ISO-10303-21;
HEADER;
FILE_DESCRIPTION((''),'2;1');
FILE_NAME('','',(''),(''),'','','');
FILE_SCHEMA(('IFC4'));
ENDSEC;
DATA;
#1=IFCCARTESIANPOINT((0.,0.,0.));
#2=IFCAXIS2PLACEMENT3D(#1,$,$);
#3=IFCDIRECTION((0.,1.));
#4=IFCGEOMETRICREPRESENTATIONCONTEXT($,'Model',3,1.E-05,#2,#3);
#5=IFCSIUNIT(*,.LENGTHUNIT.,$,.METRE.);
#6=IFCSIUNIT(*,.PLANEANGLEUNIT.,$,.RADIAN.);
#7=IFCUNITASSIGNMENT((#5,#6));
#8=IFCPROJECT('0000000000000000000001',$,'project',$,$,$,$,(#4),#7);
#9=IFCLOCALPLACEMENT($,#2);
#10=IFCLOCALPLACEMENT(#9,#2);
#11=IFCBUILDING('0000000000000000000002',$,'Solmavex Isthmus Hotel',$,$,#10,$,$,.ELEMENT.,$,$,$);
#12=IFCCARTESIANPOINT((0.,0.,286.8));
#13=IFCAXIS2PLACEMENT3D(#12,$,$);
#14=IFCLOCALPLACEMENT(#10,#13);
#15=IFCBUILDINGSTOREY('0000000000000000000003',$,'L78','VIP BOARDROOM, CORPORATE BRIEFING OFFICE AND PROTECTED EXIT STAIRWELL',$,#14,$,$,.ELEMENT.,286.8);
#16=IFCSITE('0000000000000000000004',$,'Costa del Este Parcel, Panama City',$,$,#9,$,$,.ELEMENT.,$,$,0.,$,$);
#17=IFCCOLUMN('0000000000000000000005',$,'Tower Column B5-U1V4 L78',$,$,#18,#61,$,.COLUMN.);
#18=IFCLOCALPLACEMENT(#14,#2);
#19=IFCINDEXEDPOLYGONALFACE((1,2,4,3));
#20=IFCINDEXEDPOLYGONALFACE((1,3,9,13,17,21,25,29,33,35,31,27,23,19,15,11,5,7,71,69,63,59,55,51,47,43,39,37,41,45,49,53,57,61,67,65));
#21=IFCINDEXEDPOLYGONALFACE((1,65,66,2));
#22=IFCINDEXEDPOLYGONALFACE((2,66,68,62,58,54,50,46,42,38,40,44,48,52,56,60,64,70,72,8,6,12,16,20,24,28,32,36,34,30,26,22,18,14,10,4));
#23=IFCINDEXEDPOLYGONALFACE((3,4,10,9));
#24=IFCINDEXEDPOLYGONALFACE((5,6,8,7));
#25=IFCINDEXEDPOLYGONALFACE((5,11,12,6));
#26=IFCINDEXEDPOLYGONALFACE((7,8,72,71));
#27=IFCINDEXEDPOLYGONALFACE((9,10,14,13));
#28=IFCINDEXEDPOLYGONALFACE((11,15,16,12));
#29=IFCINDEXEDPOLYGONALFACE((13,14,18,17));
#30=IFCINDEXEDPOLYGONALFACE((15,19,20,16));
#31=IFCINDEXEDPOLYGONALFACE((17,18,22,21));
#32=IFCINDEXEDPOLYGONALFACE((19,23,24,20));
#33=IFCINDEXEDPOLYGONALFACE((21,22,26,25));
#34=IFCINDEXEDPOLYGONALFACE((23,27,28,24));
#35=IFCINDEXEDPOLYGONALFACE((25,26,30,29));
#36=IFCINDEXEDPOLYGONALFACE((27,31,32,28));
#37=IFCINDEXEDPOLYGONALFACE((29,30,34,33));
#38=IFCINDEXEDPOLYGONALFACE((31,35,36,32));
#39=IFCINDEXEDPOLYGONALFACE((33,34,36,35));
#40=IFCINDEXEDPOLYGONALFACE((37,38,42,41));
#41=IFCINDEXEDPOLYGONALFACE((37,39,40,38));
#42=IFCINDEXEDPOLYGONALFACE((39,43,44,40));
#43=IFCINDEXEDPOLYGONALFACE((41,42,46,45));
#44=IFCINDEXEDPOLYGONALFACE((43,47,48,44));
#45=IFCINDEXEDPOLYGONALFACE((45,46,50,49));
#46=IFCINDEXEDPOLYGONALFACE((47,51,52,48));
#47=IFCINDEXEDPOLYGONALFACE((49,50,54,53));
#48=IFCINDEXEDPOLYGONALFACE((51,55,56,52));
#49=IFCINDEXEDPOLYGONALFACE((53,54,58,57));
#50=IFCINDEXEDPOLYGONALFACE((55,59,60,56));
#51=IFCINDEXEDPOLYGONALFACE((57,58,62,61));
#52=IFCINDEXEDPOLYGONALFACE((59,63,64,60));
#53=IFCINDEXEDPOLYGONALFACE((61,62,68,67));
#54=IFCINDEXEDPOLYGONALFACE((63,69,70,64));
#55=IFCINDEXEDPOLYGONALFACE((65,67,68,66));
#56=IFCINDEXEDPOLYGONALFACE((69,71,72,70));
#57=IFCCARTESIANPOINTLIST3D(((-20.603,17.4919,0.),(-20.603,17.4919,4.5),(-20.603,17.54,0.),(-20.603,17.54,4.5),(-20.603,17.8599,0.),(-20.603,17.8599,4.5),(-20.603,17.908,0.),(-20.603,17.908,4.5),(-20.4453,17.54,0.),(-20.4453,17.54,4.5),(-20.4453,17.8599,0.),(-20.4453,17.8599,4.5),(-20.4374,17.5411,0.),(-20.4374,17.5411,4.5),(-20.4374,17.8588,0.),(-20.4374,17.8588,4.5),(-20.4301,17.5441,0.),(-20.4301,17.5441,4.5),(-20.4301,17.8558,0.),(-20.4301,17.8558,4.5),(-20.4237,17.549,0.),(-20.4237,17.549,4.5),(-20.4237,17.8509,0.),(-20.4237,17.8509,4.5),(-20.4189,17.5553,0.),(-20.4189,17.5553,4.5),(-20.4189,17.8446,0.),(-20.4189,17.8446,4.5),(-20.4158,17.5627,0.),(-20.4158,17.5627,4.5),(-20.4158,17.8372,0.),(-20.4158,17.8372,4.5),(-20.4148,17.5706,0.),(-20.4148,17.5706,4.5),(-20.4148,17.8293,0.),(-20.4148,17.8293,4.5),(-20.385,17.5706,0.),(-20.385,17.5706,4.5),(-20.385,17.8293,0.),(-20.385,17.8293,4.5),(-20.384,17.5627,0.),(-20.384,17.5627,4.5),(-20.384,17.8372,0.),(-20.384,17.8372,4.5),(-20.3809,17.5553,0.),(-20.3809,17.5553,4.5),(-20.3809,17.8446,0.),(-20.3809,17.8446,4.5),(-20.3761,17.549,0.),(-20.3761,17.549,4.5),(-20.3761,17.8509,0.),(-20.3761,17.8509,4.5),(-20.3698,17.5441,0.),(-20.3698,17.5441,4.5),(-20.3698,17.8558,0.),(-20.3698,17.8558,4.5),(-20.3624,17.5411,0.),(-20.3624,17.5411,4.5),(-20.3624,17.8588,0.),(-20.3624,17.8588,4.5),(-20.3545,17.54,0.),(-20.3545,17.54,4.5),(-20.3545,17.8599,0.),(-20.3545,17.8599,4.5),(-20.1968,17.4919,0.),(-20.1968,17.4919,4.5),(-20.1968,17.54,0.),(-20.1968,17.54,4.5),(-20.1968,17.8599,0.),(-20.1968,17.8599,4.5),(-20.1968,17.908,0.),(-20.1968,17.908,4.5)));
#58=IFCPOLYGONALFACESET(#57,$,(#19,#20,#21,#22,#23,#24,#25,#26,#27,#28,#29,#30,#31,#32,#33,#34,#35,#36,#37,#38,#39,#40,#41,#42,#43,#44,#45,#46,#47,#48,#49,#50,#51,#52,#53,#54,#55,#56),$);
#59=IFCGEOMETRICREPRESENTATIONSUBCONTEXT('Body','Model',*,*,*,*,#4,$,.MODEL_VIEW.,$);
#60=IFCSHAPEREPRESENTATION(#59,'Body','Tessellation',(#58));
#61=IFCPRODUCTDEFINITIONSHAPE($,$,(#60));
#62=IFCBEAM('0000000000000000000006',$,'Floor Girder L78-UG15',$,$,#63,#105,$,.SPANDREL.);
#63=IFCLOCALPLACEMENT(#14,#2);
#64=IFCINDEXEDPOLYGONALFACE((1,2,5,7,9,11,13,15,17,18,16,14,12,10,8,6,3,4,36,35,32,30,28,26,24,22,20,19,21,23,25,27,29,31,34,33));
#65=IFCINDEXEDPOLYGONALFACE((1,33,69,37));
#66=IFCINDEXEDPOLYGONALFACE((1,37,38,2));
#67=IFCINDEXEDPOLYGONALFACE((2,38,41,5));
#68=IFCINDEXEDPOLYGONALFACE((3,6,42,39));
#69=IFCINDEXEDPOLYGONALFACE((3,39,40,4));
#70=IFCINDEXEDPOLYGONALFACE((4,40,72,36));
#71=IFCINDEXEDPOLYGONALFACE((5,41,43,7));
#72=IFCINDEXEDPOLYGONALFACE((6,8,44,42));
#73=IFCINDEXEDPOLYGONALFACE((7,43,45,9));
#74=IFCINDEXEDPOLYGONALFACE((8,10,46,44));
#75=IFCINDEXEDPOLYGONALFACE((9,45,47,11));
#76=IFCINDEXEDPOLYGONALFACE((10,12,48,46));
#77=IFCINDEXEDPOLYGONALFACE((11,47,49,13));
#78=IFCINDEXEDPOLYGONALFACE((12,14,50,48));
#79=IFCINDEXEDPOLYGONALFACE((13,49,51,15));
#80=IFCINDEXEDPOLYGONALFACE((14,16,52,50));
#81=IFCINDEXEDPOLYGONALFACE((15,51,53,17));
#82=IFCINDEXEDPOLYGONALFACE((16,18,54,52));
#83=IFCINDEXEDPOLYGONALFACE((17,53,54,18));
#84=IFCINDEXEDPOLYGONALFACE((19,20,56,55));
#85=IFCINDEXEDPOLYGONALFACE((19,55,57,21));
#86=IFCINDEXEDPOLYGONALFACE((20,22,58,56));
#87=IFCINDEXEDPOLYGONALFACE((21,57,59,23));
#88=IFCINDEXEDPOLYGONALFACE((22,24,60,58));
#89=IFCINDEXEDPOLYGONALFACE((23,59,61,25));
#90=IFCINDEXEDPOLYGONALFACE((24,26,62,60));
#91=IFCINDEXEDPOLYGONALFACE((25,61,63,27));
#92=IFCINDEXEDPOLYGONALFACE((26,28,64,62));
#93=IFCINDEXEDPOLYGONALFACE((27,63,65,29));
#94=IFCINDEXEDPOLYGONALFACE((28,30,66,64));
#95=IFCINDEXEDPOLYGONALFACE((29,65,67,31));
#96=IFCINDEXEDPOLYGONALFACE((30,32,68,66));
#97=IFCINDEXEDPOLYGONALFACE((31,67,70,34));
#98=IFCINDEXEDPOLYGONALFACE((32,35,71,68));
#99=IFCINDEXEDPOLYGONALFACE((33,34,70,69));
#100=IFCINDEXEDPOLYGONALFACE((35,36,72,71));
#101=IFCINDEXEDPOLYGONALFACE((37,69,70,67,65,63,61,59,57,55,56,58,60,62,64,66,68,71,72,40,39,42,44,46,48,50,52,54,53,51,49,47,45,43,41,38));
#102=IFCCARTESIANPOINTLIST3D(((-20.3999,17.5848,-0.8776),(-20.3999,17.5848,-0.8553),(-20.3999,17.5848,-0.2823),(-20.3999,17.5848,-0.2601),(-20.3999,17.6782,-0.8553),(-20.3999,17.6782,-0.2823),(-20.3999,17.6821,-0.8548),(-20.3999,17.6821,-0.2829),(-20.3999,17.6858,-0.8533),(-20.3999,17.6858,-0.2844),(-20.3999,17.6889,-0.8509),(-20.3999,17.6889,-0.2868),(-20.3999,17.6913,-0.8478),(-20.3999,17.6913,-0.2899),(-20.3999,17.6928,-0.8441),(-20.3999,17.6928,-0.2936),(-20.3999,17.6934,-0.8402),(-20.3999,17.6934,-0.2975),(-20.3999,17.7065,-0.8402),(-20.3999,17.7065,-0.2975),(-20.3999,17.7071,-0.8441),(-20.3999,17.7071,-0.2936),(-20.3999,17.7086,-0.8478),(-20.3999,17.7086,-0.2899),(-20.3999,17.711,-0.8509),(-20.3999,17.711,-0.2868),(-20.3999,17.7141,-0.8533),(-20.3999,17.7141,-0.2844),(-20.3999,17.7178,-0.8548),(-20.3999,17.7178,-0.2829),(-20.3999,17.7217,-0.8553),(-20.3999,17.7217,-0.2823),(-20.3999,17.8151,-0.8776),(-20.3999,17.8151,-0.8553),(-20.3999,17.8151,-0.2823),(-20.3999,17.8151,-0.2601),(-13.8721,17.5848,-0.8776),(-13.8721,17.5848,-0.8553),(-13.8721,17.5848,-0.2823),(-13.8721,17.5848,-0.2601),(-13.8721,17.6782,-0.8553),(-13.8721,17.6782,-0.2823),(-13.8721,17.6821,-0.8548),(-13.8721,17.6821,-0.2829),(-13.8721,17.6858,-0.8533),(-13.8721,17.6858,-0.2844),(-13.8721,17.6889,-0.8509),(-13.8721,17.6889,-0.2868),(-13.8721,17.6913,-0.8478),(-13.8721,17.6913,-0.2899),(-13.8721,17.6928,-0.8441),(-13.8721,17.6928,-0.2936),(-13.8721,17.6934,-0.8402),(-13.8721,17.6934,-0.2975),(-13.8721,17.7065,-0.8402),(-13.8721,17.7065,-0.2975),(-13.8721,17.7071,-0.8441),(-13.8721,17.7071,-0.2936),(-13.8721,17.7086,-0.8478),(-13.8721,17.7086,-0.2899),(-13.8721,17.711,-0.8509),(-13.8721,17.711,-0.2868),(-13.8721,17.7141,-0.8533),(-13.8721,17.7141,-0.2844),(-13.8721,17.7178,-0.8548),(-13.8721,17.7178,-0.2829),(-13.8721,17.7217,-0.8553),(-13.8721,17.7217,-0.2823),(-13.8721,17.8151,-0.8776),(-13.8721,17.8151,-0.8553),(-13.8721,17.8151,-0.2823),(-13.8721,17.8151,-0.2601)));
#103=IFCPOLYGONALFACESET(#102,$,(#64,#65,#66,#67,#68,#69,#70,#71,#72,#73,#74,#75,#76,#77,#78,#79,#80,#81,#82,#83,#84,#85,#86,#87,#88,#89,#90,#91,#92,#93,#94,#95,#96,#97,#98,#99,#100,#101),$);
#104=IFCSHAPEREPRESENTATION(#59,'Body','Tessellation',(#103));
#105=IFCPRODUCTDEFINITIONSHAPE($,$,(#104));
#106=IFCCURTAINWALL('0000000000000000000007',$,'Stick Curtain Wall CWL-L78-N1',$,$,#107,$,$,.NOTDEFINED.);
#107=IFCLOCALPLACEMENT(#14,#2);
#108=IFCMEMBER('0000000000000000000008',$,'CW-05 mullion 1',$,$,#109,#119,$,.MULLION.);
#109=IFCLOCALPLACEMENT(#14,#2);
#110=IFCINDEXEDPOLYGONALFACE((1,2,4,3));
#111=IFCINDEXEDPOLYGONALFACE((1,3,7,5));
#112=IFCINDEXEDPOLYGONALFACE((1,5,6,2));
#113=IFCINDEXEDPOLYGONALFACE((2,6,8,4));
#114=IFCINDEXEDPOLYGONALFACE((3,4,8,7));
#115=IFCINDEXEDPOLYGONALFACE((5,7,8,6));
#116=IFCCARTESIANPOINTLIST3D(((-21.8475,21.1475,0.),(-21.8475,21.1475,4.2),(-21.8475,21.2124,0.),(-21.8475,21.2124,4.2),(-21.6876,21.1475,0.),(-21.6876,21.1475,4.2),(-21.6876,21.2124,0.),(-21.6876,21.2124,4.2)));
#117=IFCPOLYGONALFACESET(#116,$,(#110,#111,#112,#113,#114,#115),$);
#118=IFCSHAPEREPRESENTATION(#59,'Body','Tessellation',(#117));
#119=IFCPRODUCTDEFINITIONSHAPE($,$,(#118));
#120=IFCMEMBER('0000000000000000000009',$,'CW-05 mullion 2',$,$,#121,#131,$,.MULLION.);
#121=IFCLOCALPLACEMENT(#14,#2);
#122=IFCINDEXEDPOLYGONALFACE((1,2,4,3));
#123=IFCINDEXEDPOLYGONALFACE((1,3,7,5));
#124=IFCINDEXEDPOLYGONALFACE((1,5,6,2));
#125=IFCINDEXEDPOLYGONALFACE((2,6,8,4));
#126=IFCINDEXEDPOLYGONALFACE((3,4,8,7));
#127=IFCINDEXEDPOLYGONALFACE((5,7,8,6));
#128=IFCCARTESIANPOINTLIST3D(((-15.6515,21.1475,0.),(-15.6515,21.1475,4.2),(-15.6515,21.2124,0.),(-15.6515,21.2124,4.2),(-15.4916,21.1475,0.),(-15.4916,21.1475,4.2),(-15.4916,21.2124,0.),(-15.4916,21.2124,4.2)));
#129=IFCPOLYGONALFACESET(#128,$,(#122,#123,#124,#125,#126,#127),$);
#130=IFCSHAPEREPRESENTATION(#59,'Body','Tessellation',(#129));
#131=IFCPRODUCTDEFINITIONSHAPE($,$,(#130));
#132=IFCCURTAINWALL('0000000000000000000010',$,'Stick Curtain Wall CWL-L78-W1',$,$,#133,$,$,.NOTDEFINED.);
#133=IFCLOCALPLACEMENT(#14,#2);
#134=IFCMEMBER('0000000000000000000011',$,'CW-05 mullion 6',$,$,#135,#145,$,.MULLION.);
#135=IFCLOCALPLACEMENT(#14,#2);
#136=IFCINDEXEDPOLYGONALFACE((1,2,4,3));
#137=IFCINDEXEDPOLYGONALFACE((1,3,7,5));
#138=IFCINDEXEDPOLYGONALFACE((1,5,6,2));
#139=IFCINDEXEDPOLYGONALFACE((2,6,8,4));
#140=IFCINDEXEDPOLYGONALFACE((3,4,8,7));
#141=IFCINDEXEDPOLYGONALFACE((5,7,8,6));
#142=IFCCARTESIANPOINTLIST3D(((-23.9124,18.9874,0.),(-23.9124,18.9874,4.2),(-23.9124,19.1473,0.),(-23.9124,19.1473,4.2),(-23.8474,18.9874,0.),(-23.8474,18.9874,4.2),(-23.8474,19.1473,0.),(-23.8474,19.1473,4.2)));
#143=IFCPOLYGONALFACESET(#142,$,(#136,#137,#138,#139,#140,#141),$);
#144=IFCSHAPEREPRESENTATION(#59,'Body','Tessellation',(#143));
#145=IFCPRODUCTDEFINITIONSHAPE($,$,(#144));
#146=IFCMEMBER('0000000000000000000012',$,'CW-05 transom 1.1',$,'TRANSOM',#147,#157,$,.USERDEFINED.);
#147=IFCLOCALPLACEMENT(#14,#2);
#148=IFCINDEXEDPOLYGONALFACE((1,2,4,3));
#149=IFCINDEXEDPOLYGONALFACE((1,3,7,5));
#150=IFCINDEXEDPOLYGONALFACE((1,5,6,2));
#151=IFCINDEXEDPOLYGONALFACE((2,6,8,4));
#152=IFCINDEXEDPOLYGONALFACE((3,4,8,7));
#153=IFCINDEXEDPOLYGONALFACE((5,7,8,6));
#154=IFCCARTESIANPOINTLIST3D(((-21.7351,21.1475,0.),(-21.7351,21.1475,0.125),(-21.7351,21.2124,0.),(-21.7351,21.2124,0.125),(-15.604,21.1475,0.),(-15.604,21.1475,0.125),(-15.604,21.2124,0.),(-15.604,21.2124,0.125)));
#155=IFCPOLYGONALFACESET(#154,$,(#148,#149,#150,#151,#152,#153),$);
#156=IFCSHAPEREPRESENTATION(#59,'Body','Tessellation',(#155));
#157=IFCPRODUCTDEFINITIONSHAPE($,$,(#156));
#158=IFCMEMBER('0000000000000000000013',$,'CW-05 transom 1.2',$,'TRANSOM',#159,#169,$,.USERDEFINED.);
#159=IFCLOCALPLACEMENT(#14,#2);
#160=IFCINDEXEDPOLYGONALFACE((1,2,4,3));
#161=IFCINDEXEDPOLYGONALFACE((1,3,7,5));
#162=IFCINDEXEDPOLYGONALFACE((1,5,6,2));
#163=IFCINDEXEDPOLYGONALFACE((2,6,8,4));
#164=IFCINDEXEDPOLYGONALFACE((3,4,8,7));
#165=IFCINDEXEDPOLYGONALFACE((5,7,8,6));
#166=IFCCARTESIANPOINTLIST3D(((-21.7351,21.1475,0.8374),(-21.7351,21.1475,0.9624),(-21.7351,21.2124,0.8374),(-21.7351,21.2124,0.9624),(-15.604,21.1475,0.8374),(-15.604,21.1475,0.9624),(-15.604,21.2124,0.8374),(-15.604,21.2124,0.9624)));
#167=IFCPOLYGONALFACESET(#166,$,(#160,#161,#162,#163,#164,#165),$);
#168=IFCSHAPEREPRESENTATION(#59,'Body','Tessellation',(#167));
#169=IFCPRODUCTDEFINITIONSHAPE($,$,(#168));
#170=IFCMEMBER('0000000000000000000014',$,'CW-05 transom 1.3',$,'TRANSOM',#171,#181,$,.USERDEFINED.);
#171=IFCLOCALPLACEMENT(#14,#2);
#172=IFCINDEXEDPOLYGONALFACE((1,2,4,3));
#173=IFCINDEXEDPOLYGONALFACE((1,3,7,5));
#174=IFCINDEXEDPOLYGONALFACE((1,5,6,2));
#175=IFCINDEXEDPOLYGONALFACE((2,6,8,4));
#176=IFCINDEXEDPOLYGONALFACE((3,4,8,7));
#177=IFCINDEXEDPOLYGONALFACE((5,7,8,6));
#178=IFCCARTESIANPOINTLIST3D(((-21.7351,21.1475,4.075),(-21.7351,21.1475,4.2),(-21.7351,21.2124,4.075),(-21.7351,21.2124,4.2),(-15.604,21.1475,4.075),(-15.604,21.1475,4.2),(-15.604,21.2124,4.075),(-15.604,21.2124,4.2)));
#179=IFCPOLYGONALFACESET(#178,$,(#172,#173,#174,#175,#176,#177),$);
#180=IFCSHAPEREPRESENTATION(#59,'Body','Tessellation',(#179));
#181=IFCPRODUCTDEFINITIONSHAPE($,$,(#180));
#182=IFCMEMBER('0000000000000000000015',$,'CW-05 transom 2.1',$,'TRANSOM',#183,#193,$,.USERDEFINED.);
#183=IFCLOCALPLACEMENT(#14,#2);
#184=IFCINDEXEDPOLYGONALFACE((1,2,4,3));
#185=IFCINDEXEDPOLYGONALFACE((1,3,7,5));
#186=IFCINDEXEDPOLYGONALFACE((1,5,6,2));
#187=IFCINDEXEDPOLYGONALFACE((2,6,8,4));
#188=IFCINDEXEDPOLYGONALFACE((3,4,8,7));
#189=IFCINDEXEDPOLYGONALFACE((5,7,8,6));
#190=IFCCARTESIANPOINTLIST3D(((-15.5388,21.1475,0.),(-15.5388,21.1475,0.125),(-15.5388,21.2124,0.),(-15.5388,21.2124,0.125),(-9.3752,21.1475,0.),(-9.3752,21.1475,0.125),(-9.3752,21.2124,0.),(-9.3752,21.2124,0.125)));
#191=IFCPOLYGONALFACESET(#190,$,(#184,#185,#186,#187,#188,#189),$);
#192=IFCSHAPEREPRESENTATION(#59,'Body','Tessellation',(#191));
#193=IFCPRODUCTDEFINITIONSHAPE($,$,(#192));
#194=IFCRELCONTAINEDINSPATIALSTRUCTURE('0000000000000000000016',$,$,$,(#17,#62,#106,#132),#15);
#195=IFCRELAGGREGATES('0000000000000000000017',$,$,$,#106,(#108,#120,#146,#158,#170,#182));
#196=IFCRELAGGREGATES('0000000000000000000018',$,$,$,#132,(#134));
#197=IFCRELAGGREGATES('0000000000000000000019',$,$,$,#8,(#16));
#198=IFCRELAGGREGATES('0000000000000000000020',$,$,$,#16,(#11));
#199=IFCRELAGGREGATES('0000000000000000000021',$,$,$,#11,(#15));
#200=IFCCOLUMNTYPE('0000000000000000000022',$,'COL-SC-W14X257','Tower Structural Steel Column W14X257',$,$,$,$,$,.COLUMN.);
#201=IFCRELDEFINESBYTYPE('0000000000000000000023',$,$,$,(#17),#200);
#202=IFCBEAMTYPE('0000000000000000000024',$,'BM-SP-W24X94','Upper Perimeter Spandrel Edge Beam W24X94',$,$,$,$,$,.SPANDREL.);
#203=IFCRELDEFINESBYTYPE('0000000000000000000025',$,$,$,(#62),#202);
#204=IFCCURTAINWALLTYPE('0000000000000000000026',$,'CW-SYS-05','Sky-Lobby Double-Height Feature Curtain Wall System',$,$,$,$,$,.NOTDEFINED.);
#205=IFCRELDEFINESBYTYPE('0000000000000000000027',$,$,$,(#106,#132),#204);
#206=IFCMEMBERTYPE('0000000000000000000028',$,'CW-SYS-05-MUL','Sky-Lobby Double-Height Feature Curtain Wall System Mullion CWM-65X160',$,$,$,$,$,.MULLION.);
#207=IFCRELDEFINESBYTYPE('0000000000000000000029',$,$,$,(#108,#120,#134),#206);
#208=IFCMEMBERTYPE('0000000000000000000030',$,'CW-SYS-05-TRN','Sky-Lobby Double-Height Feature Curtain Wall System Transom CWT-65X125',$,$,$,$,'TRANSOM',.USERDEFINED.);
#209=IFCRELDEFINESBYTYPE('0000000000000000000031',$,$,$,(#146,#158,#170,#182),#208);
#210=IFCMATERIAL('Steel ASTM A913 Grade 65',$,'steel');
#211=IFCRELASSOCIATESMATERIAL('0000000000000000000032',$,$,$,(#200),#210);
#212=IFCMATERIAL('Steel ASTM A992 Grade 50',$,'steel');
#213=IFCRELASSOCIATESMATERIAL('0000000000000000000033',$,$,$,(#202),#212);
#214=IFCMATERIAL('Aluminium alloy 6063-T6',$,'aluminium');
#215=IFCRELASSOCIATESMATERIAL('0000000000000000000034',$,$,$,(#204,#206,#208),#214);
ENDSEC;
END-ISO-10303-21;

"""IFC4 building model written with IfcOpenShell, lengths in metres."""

from ifc_helpers import new_model, si_unit, direction, frame, origin, origin_2d, place, context, subcontext, project, spatial, rectangle, i_section, extrude, material, material_profile, profile_set, type_object, element, aggregate, save


model = new_model("IFC4")

# Units and contexts
model_context = context("Model", 3, precision=1e-05, world=origin(), true_north=direction((0.0, 1.0)))
body_context = subcontext(model_context, "Body", "Model", "MODEL_VIEW")
ifc_project = project(units=[si_unit("LENGTHUNIT", "METRE"), si_unit("PLANEANGLEUNIT", "RADIAN")], contexts=[model_context])

# Site, building, storey
site_placement = place(None, origin())
site = spatial("IfcSite", under=ifc_project, at=site_placement, Name="Costa del Este Parcel, Panama City", CompositionType="ELEMENT", RefElevation=0.0)
building_placement = place(site_placement, origin())
building = spatial("IfcBuilding", under=site, at=building_placement, Name="Solmavex Isthmus Hotel", CompositionType="ELEMENT")
storey_placement = place(building_placement, frame((0.0, 0.0, 286.8)))
storey = spatial("IfcBuildingStorey", under=building, at=storey_placement, Name="L78", Description="VIP BOARDROOM, CORPORATE BRIEFING OFFICE AND PROTECTED EXIT STAIRWELL", CompositionType="ELEMENT", Elevation=286.8)

# Column
ifc_material_1 = material(Name="Steel ASTM A913 Grade 65", Category="steel")
ifc_material_profile_1 = material_profile(ifc_material_1, i_section(OverallWidth=0.4062, OverallDepth=0.416, WebThickness=0.0298, FlangeThickness=0.0481, FilletRadius=0.0305, at=origin_2d()), Name="W14X257")
ifc_profile_set_1 = profile_set([ifc_material_profile_1], Name="Steel ASTM A913 Grade 65")
column_type = type_object("IfcColumnType", Name="COL-SC-W14X257", Description="Tower Structural Steel Column W14X257", PredefinedType="COLUMN", material=ifc_profile_set_1)
column_placement = place(storey_placement, frame((-20.3999, 17.7, 0.0), z_axis=(0.0, 0.0, 1.0), x_axis=(1.0, 0.0, 0.0)))
element("IfcColumn", 1, at=column_placement, inside=storey, type_object=column_type, Name="Tower Column B5-U1V4 L78", PredefinedType="COLUMN", context=body_context, shape_type="SweptSolid", body=[
    extrude(i_section(OverallWidth=0.4062, OverallDepth=0.416, WebThickness=0.0298, FlangeThickness=0.0481, FilletRadius=0.0305, at=origin_2d()), origin(), (0.0, 0.0, 1.0), 4.5),
])

# Beam
ifc_material_2 = material(Name="Steel ASTM A992 Grade 50", Category="steel")
ifc_material_profile_2 = material_profile(ifc_material_2, i_section(OverallWidth=0.2302, OverallDepth=0.6174, WebThickness=0.0132, FlangeThickness=0.0222, FilletRadius=0.0151, at=origin_2d()), Name="W24X94")
ifc_profile_set_2 = profile_set([ifc_material_profile_2], Name="Steel ASTM A992 Grade 50")
beam_type = type_object("IfcBeamType", Name="BM-SP-W24X94", Description="Upper Perimeter Spandrel Edge Beam W24X94", PredefinedType="SPANDREL", material=ifc_profile_set_2)
beam_placement = place(storey_placement, frame((-20.3999, 17.7, -0.5688), z_axis=(1.0, 0.0, 0.0), x_axis=(0.0, 1.0, 0.0)))
element("IfcBeam", 2, at=beam_placement, inside=storey, type_object=beam_type, Name="Floor Girder L78-UG15", PredefinedType="SPANDREL", context=body_context, shape_type="SweptSolid", body=[
    extrude(i_section(OverallWidth=0.2302, OverallDepth=0.6174, WebThickness=0.0132, FlangeThickness=0.0222, FilletRadius=0.0151, at=origin_2d()), origin(), (0.0, 0.0, 1.0), 6.5278),
])

# Curtain wall, members
ifc_material_3 = material(Name="Aluminium alloy 6063-T6", Category="aluminium")
curtain_wall_type = type_object("IfcCurtainWallType", Name="CW-SYS-05", Description="Sky-Lobby Double-Height Feature Curtain Wall System", PredefinedType="NOTDEFINED", material=ifc_material_3)
curtain_wall_1_placement = place(storey_placement, origin())
curtain_wall_1 = element("IfcCurtainWall", 3, at=curtain_wall_1_placement, inside=storey, type_object=curtain_wall_type, Name="Stick Curtain Wall CWL-L78-N1", PredefinedType="NOTDEFINED")
ifc_material_profile_3 = material_profile(ifc_material_3, rectangle(XDim=0.0649, YDim=0.1599, at=origin_2d()), Name="CWM-65X160")
ifc_profile_set_3 = profile_set([ifc_material_profile_3], Name="Aluminium alloy 6063-T6")
member_type_1 = type_object("IfcMemberType", Name="CW-SYS-05-MUL", Description="Sky-Lobby Double-Height Feature Curtain Wall System Mullion CWM-65X160", PredefinedType="MULLION", material=ifc_profile_set_3)
member_1_placement = place(storey_placement, frame((-21.7676, 21.1799, 0.0), z_axis=(0.0, 0.0, 1.0), x_axis=(0.0, 1.0, 0.0)))
member_1 = element("IfcMember", 4, at=member_1_placement, type_object=member_type_1, Name="CW-05 mullion 1", PredefinedType="MULLION", context=body_context, shape_type="SweptSolid", body=[
    extrude(rectangle(XDim=0.0649, YDim=0.1599, at=origin_2d()), origin(), (0.0, 0.0, 1.0), 4.2),
])
member_2_placement = place(storey_placement, frame((-15.5715, 21.1799, 0.0), z_axis=(0.0, 0.0, 1.0), x_axis=(0.0, 1.0, 0.0)))
member_2 = element("IfcMember", 5, at=member_2_placement, type_object=member_type_1, Name="CW-05 mullion 2", PredefinedType="MULLION", context=body_context, shape_type="SweptSolid", body=[
    extrude(rectangle(XDim=0.0649, YDim=0.1599, at=origin_2d()), origin(), (0.0, 0.0, 1.0), 4.2),
])

# Curtain wall, member
curtain_wall_2_placement = place(storey_placement, origin())
curtain_wall_2 = element("IfcCurtainWall", 6, at=curtain_wall_2_placement, inside=storey, type_object=curtain_wall_type, Name="Stick Curtain Wall CWL-L78-W1", PredefinedType="NOTDEFINED")
member_3_placement = place(storey_placement, frame((-23.8799, 19.0674, 0.0), z_axis=(0.0, 0.0, 1.0), x_axis=(-1.0, 0.0, 0.0)))
member_3 = element("IfcMember", 7, at=member_3_placement, type_object=member_type_1, Name="CW-05 mullion 6", PredefinedType="MULLION", context=body_context, shape_type="SweptSolid", body=[
    extrude(rectangle(XDim=0.0649, YDim=0.1599, at=origin_2d()), origin(), (0.0, 0.0, 1.0), 4.2),
])

# Members
ifc_material_profile_4 = material_profile(ifc_material_3, rectangle(XDim=0.0649, YDim=0.125, at=origin_2d()), Name="CWT-65X125")
ifc_profile_set_4 = profile_set([ifc_material_profile_4], Name="Aluminium alloy 6063-T6")
member_type_2 = type_object("IfcMemberType", Name="CW-SYS-05-TRN", Description="Sky-Lobby Double-Height Feature Curtain Wall System Transom CWT-65X125", ElementType="TRANSOM", PredefinedType="USERDEFINED", material=ifc_profile_set_4)
member_4_placement = place(storey_placement, frame((-21.7351, 21.1799, 0.0625), z_axis=(1.0, 0.0, 0.0), x_axis=(0.0, 1.0, 0.0)))
member_4 = element("IfcMember", 8, at=member_4_placement, type_object=member_type_2, Name="CW-05 transom 1.1", ObjectType="TRANSOM", PredefinedType="USERDEFINED", context=body_context, shape_type="SweptSolid", body=[
    extrude(rectangle(XDim=0.0649, YDim=0.125, at=origin_2d()), origin(), (0.0, 0.0, 1.0), 6.1311),
])
member_5_placement = place(storey_placement, frame((-21.7351, 21.1799, 0.8999), z_axis=(1.0, 0.0, 0.0), x_axis=(0.0, 1.0, 0.0)))
member_5 = element("IfcMember", 9, at=member_5_placement, type_object=member_type_2, Name="CW-05 transom 1.2", ObjectType="TRANSOM", PredefinedType="USERDEFINED", context=body_context, shape_type="SweptSolid", body=[
    extrude(rectangle(XDim=0.0649, YDim=0.125, at=origin_2d()), origin(), (0.0, 0.0, 1.0), 6.1311),
])
member_6_placement = place(storey_placement, frame((-21.7351, 21.1799, 4.1375), z_axis=(1.0, 0.0, 0.0), x_axis=(0.0, 1.0, 0.0)))
member_6 = element("IfcMember", 10, at=member_6_placement, type_object=member_type_2, Name="CW-05 transom 1.3", ObjectType="TRANSOM", PredefinedType="USERDEFINED", context=body_context, shape_type="SweptSolid", body=[
    extrude(rectangle(XDim=0.0649, YDim=0.125, at=origin_2d()), origin(), (0.0, 0.0, 1.0), 6.1311),
])
member_7_placement = place(storey_placement, frame((-15.5388, 21.1799, 0.0625), z_axis=(1.0, 0.0, 0.0), x_axis=(0.0, 1.0, 0.0)))
member_7 = element("IfcMember", 11, at=member_7_placement, type_object=member_type_2, Name="CW-05 transom 2.1", ObjectType="TRANSOM", PredefinedType="USERDEFINED", context=body_context, shape_type="SweptSolid", body=[
    extrude(rectangle(XDim=0.0649, YDim=0.125, at=origin_2d()), origin(), (0.0, 0.0, 1.0), 6.1636),
])

aggregate(curtain_wall_1, [member_1, member_2, member_4, member_5, member_6, member_7])
aggregate(curtain_wall_2, [member_3])

save(model, "model.ifc")
